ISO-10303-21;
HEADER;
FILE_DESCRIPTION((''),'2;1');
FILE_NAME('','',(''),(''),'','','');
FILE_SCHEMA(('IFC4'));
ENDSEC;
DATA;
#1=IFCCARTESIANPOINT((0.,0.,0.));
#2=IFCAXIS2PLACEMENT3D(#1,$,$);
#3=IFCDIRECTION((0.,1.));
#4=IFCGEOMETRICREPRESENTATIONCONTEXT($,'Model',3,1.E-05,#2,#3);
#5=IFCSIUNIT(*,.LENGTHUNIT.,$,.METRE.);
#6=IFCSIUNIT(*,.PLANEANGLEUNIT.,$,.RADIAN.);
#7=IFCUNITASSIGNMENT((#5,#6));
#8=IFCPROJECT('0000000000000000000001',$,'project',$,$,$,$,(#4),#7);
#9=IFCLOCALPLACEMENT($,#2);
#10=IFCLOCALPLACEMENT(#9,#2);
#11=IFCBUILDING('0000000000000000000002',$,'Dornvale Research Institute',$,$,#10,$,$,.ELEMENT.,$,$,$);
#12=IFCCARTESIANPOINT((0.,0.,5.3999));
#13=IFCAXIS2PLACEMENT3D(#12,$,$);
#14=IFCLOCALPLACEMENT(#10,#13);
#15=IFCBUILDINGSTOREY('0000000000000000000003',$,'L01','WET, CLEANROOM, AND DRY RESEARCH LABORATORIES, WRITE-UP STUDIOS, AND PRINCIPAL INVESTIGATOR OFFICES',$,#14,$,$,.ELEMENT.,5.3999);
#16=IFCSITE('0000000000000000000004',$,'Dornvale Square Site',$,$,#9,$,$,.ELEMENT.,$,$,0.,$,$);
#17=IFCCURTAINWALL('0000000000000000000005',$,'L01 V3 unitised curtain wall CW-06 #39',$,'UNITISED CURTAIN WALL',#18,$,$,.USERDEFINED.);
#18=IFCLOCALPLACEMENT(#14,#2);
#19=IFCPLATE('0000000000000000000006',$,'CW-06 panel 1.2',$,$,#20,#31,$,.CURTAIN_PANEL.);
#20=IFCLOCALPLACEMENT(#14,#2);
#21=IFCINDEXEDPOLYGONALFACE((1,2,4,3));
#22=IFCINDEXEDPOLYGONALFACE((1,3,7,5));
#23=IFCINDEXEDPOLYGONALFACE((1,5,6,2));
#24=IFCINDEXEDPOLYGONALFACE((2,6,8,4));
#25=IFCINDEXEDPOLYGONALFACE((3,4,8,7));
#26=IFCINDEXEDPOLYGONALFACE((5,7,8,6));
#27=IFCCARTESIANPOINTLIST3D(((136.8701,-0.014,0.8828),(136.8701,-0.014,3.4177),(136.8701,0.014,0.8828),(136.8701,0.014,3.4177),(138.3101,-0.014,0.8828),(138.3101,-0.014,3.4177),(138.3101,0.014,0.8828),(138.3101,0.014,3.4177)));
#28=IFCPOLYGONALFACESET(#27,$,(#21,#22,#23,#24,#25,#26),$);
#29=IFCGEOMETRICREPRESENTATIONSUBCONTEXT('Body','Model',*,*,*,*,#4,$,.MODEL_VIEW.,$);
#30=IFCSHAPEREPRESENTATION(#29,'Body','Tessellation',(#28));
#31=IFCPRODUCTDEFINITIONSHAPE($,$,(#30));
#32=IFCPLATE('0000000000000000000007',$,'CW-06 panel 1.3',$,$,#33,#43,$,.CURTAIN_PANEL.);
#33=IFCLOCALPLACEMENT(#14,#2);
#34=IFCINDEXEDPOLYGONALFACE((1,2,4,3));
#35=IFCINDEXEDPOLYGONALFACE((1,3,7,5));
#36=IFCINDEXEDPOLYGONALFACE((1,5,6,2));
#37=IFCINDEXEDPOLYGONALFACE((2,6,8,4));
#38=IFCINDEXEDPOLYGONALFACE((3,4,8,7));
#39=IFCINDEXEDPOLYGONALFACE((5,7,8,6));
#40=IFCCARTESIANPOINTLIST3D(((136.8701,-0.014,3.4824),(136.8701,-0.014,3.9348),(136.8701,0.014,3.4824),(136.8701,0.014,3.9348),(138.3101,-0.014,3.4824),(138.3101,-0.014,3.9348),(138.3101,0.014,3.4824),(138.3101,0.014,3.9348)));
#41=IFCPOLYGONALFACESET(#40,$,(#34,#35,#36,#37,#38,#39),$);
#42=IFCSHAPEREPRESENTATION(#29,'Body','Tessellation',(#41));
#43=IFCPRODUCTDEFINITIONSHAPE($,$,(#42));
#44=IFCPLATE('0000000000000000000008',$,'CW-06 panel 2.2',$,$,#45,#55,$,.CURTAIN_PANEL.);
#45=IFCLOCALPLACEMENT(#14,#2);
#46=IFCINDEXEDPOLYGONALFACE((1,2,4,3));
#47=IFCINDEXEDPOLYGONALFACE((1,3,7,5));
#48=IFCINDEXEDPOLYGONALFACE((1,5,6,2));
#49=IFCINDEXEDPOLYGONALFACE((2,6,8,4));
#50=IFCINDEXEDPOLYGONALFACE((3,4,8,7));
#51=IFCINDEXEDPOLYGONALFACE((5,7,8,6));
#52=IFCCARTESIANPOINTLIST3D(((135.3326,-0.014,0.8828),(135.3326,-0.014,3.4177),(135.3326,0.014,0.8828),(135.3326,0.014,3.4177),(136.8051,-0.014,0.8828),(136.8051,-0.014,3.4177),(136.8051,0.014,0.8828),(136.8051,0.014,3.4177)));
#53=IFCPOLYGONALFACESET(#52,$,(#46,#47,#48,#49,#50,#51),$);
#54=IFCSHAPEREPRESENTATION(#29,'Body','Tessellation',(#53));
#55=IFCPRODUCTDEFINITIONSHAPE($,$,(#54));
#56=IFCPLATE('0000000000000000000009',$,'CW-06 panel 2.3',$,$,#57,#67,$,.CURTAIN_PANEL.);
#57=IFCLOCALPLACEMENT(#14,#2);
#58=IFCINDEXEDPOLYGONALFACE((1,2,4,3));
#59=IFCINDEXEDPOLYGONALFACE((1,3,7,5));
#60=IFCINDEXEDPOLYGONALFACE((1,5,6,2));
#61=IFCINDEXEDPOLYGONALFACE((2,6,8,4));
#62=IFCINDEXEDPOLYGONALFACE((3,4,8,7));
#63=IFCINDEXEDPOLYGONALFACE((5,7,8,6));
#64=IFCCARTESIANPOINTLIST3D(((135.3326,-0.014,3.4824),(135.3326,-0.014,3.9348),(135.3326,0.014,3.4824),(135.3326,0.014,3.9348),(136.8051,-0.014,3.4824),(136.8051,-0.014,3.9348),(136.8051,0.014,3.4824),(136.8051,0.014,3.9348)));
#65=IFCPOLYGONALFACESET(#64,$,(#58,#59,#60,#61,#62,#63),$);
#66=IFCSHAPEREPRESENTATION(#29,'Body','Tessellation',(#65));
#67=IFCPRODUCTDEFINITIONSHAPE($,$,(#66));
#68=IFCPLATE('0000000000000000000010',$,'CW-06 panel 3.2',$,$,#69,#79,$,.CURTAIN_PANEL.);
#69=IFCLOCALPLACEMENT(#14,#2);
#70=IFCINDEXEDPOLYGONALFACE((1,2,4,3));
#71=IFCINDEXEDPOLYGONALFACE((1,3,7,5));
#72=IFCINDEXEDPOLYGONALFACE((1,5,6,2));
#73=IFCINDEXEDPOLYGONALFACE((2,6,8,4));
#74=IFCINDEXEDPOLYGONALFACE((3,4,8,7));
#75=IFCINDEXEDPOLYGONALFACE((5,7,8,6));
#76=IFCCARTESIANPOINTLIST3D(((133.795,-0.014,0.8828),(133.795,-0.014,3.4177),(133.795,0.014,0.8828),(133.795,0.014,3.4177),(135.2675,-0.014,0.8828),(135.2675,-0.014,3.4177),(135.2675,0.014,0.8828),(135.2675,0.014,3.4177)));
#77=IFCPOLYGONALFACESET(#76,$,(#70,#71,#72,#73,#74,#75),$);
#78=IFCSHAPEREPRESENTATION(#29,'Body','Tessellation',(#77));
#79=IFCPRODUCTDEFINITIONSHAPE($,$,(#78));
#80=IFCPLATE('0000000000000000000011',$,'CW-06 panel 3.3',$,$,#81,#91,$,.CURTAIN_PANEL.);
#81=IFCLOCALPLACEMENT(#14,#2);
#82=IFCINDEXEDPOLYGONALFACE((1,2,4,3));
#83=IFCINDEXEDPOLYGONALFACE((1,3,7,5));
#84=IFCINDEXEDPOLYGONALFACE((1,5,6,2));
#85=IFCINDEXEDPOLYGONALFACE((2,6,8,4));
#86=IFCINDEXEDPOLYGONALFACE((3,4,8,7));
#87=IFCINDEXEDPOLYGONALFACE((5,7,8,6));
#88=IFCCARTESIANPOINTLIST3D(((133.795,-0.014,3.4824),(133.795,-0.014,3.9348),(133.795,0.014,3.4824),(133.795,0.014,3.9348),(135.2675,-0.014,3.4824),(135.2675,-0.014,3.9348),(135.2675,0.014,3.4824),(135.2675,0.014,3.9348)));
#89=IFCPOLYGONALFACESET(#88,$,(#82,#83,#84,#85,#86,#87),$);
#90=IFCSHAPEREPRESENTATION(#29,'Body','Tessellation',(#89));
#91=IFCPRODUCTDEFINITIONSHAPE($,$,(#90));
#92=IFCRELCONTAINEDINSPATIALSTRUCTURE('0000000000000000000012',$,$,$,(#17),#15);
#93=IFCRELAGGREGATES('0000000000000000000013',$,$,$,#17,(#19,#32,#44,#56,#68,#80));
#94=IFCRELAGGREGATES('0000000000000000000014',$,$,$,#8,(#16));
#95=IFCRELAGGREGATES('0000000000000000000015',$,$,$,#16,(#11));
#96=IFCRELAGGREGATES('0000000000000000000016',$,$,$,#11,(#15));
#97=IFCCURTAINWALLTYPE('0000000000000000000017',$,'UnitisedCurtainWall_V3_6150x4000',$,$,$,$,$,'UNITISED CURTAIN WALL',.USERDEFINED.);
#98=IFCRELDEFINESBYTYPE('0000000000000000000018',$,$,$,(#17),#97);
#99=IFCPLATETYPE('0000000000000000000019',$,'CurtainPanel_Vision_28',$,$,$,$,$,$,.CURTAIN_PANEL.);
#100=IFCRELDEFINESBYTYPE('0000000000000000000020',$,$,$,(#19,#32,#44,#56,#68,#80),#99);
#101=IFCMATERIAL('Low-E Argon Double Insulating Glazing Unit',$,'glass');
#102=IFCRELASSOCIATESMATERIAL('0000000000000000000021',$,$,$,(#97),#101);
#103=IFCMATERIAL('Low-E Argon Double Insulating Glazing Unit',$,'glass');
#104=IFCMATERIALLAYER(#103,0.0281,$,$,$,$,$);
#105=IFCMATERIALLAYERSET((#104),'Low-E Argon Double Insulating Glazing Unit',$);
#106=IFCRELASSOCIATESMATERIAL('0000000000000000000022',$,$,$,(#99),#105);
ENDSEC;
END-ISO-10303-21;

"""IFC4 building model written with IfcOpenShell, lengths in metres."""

from ifc_helpers import new_model, si_unit, direction, frame, origin, origin_2d, place, context, subcontext, project, spatial, rectangle, extrude, material, layer, layer_set, type_object, element, aggregate, save


model = new_model("IFC4")

# Units and contexts
model_context = context("Model", 3, precision=1e-05, world=origin(), true_north=direction((0.0, 1.0)))
body_context = subcontext(model_context, "Body", "Model", "MODEL_VIEW")
ifc_project = project(units=[si_unit("LENGTHUNIT", "METRE"), si_unit("PLANEANGLEUNIT", "RADIAN")], contexts=[model_context])

# Site, building, storey
site_placement = place(None, origin())
site = spatial("IfcSite", under=ifc_project, at=site_placement, Name="Dornvale Square Site", CompositionType="ELEMENT", RefElevation=0.0)
building_placement = place(site_placement, origin())
building = spatial("IfcBuilding", under=site, at=building_placement, Name="Dornvale Research Institute", CompositionType="ELEMENT")
storey_placement = place(building_placement, frame((0.0, 0.0, 5.3999)))
storey = spatial("IfcBuildingStorey", under=building, at=storey_placement, Name="L01", Description="WET, CLEANROOM, AND DRY RESEARCH LABORATORIES, WRITE-UP STUDIOS, AND PRINCIPAL INVESTIGATOR OFFICES", CompositionType="ELEMENT", Elevation=5.3999)

# Curtain wall
ifc_material_1 = material(Name="Low-E Argon Double Insulating Glazing Unit", Category="glass")
curtain_wall_type = type_object("IfcCurtainWallType", Name="UnitisedCurtainWall_V3_6150x4000", ElementType="UNITISED CURTAIN WALL", PredefinedType="USERDEFINED", material=ifc_material_1)
curtain_wall_placement = place(storey_placement, origin())
curtain_wall = element("IfcCurtainWall", 1, at=curtain_wall_placement, inside=storey, type_object=curtain_wall_type, Name="L01 V3 unitised curtain wall CW-06 #39", ObjectType="UNITISED CURTAIN WALL", PredefinedType="USERDEFINED")

# Plates
ifc_material_2 = material(Name="Low-E Argon Double Insulating Glazing Unit", Category="glass")
ifc_layer_1 = layer(ifc_material_2, 0.0281)
ifc_layer_set_1 = layer_set([ifc_layer_1], Name="Low-E Argon Double Insulating Glazing Unit")
plate_type_1 = type_object("IfcPlateType", Name="CurtainPanel_Vision_28", PredefinedType="CURTAIN_PANEL", material=ifc_layer_set_1)
plate_1_placement = place(storey_placement, frame((137.5901, 0.0, 0.8828), z_axis=(0.0, 0.0, 1.0), x_axis=(-1.0, 0.0, 0.0)))
plate_1 = element("IfcPlate", 2, at=plate_1_placement, type_object=plate_type_1, Name="CW-06 panel 1.2", PredefinedType="CURTAIN_PANEL", context=body_context, shape_type="SweptSolid", body=[
    extrude(rectangle(XDim=1.4399, YDim=0.0281, at=origin_2d()), origin(), (0.0, 0.0, 1.0), 2.5349),
])
plate_2_placement = place(storey_placement, frame((137.5901, 0.0, 3.4824), z_axis=(0.0, 0.0, 1.0), x_axis=(-1.0, 0.0, 0.0)))
plate_2 = element("IfcPlate", 3, at=plate_2_placement, type_object=plate_type_1, Name="CW-06 panel 1.3", PredefinedType="CURTAIN_PANEL", context=body_context, shape_type="SweptSolid", body=[
    extrude(rectangle(XDim=1.4399, YDim=0.0281, at=origin_2d()), origin(), (0.0, 0.0, 1.0), 0.4524),
])
plate_3_placement = place(storey_placement, frame((136.0688, 0.0, 0.8828), z_axis=(0.0, 0.0, 1.0), x_axis=(-1.0, 0.0, 0.0)))
plate_3 = element("IfcPlate", 4, at=plate_3_placement, type_object=plate_type_1, Name="CW-06 panel 2.2", PredefinedType="CURTAIN_PANEL", context=body_context, shape_type="SweptSolid", body=[
    extrude(rectangle(XDim=1.4724, YDim=0.0281, at=origin_2d()), origin(), (0.0, 0.0, 1.0), 2.5349),
])
plate_4_placement = place(storey_placement, frame((136.0688, 0.0, 3.4824), z_axis=(0.0, 0.0, 1.0), x_axis=(-1.0, 0.0, 0.0)))
plate_4 = element("IfcPlate", 5, at=plate_4_placement, type_object=plate_type_1, Name="CW-06 panel 2.3", PredefinedType="CURTAIN_PANEL", context=body_context, shape_type="SweptSolid", body=[
    extrude(rectangle(XDim=1.4724, YDim=0.0281, at=origin_2d()), origin(), (0.0, 0.0, 1.0), 0.4524),
])
plate_5_placement = place(storey_placement, frame((134.5312, 0.0, 0.8828), z_axis=(0.0, 0.0, 1.0), x_axis=(-1.0, 0.0, 0.0)))
plate_5 = element("IfcPlate", 6, at=plate_5_placement, type_object=plate_type_1, Name="CW-06 panel 3.2", PredefinedType="CURTAIN_PANEL", context=body_context, shape_type="SweptSolid", body=[
    extrude(rectangle(XDim=1.4724, YDim=0.0281, at=origin_2d()), origin(), (0.0, 0.0, 1.0), 2.5349),
])
plate_6_placement = place(storey_placement, frame((134.5312, 0.0, 3.4824), z_axis=(0.0, 0.0, 1.0), x_axis=(-1.0, 0.0, 0.0)))
plate_6 = element("IfcPlate", 7, at=plate_6_placement, type_object=plate_type_1, Name="CW-06 panel 3.3", PredefinedType="CURTAIN_PANEL", context=body_context, shape_type="SweptSolid", body=[
    extrude(rectangle(XDim=1.4724, YDim=0.0281, at=origin_2d()), origin(), (0.0, 0.0, 1.0), 0.4524),
])
aggregate(curtain_wall, [plate_1, plate_2, plate_3, plate_4, plate_5, plate_6])

save(model, "model.ifc")
